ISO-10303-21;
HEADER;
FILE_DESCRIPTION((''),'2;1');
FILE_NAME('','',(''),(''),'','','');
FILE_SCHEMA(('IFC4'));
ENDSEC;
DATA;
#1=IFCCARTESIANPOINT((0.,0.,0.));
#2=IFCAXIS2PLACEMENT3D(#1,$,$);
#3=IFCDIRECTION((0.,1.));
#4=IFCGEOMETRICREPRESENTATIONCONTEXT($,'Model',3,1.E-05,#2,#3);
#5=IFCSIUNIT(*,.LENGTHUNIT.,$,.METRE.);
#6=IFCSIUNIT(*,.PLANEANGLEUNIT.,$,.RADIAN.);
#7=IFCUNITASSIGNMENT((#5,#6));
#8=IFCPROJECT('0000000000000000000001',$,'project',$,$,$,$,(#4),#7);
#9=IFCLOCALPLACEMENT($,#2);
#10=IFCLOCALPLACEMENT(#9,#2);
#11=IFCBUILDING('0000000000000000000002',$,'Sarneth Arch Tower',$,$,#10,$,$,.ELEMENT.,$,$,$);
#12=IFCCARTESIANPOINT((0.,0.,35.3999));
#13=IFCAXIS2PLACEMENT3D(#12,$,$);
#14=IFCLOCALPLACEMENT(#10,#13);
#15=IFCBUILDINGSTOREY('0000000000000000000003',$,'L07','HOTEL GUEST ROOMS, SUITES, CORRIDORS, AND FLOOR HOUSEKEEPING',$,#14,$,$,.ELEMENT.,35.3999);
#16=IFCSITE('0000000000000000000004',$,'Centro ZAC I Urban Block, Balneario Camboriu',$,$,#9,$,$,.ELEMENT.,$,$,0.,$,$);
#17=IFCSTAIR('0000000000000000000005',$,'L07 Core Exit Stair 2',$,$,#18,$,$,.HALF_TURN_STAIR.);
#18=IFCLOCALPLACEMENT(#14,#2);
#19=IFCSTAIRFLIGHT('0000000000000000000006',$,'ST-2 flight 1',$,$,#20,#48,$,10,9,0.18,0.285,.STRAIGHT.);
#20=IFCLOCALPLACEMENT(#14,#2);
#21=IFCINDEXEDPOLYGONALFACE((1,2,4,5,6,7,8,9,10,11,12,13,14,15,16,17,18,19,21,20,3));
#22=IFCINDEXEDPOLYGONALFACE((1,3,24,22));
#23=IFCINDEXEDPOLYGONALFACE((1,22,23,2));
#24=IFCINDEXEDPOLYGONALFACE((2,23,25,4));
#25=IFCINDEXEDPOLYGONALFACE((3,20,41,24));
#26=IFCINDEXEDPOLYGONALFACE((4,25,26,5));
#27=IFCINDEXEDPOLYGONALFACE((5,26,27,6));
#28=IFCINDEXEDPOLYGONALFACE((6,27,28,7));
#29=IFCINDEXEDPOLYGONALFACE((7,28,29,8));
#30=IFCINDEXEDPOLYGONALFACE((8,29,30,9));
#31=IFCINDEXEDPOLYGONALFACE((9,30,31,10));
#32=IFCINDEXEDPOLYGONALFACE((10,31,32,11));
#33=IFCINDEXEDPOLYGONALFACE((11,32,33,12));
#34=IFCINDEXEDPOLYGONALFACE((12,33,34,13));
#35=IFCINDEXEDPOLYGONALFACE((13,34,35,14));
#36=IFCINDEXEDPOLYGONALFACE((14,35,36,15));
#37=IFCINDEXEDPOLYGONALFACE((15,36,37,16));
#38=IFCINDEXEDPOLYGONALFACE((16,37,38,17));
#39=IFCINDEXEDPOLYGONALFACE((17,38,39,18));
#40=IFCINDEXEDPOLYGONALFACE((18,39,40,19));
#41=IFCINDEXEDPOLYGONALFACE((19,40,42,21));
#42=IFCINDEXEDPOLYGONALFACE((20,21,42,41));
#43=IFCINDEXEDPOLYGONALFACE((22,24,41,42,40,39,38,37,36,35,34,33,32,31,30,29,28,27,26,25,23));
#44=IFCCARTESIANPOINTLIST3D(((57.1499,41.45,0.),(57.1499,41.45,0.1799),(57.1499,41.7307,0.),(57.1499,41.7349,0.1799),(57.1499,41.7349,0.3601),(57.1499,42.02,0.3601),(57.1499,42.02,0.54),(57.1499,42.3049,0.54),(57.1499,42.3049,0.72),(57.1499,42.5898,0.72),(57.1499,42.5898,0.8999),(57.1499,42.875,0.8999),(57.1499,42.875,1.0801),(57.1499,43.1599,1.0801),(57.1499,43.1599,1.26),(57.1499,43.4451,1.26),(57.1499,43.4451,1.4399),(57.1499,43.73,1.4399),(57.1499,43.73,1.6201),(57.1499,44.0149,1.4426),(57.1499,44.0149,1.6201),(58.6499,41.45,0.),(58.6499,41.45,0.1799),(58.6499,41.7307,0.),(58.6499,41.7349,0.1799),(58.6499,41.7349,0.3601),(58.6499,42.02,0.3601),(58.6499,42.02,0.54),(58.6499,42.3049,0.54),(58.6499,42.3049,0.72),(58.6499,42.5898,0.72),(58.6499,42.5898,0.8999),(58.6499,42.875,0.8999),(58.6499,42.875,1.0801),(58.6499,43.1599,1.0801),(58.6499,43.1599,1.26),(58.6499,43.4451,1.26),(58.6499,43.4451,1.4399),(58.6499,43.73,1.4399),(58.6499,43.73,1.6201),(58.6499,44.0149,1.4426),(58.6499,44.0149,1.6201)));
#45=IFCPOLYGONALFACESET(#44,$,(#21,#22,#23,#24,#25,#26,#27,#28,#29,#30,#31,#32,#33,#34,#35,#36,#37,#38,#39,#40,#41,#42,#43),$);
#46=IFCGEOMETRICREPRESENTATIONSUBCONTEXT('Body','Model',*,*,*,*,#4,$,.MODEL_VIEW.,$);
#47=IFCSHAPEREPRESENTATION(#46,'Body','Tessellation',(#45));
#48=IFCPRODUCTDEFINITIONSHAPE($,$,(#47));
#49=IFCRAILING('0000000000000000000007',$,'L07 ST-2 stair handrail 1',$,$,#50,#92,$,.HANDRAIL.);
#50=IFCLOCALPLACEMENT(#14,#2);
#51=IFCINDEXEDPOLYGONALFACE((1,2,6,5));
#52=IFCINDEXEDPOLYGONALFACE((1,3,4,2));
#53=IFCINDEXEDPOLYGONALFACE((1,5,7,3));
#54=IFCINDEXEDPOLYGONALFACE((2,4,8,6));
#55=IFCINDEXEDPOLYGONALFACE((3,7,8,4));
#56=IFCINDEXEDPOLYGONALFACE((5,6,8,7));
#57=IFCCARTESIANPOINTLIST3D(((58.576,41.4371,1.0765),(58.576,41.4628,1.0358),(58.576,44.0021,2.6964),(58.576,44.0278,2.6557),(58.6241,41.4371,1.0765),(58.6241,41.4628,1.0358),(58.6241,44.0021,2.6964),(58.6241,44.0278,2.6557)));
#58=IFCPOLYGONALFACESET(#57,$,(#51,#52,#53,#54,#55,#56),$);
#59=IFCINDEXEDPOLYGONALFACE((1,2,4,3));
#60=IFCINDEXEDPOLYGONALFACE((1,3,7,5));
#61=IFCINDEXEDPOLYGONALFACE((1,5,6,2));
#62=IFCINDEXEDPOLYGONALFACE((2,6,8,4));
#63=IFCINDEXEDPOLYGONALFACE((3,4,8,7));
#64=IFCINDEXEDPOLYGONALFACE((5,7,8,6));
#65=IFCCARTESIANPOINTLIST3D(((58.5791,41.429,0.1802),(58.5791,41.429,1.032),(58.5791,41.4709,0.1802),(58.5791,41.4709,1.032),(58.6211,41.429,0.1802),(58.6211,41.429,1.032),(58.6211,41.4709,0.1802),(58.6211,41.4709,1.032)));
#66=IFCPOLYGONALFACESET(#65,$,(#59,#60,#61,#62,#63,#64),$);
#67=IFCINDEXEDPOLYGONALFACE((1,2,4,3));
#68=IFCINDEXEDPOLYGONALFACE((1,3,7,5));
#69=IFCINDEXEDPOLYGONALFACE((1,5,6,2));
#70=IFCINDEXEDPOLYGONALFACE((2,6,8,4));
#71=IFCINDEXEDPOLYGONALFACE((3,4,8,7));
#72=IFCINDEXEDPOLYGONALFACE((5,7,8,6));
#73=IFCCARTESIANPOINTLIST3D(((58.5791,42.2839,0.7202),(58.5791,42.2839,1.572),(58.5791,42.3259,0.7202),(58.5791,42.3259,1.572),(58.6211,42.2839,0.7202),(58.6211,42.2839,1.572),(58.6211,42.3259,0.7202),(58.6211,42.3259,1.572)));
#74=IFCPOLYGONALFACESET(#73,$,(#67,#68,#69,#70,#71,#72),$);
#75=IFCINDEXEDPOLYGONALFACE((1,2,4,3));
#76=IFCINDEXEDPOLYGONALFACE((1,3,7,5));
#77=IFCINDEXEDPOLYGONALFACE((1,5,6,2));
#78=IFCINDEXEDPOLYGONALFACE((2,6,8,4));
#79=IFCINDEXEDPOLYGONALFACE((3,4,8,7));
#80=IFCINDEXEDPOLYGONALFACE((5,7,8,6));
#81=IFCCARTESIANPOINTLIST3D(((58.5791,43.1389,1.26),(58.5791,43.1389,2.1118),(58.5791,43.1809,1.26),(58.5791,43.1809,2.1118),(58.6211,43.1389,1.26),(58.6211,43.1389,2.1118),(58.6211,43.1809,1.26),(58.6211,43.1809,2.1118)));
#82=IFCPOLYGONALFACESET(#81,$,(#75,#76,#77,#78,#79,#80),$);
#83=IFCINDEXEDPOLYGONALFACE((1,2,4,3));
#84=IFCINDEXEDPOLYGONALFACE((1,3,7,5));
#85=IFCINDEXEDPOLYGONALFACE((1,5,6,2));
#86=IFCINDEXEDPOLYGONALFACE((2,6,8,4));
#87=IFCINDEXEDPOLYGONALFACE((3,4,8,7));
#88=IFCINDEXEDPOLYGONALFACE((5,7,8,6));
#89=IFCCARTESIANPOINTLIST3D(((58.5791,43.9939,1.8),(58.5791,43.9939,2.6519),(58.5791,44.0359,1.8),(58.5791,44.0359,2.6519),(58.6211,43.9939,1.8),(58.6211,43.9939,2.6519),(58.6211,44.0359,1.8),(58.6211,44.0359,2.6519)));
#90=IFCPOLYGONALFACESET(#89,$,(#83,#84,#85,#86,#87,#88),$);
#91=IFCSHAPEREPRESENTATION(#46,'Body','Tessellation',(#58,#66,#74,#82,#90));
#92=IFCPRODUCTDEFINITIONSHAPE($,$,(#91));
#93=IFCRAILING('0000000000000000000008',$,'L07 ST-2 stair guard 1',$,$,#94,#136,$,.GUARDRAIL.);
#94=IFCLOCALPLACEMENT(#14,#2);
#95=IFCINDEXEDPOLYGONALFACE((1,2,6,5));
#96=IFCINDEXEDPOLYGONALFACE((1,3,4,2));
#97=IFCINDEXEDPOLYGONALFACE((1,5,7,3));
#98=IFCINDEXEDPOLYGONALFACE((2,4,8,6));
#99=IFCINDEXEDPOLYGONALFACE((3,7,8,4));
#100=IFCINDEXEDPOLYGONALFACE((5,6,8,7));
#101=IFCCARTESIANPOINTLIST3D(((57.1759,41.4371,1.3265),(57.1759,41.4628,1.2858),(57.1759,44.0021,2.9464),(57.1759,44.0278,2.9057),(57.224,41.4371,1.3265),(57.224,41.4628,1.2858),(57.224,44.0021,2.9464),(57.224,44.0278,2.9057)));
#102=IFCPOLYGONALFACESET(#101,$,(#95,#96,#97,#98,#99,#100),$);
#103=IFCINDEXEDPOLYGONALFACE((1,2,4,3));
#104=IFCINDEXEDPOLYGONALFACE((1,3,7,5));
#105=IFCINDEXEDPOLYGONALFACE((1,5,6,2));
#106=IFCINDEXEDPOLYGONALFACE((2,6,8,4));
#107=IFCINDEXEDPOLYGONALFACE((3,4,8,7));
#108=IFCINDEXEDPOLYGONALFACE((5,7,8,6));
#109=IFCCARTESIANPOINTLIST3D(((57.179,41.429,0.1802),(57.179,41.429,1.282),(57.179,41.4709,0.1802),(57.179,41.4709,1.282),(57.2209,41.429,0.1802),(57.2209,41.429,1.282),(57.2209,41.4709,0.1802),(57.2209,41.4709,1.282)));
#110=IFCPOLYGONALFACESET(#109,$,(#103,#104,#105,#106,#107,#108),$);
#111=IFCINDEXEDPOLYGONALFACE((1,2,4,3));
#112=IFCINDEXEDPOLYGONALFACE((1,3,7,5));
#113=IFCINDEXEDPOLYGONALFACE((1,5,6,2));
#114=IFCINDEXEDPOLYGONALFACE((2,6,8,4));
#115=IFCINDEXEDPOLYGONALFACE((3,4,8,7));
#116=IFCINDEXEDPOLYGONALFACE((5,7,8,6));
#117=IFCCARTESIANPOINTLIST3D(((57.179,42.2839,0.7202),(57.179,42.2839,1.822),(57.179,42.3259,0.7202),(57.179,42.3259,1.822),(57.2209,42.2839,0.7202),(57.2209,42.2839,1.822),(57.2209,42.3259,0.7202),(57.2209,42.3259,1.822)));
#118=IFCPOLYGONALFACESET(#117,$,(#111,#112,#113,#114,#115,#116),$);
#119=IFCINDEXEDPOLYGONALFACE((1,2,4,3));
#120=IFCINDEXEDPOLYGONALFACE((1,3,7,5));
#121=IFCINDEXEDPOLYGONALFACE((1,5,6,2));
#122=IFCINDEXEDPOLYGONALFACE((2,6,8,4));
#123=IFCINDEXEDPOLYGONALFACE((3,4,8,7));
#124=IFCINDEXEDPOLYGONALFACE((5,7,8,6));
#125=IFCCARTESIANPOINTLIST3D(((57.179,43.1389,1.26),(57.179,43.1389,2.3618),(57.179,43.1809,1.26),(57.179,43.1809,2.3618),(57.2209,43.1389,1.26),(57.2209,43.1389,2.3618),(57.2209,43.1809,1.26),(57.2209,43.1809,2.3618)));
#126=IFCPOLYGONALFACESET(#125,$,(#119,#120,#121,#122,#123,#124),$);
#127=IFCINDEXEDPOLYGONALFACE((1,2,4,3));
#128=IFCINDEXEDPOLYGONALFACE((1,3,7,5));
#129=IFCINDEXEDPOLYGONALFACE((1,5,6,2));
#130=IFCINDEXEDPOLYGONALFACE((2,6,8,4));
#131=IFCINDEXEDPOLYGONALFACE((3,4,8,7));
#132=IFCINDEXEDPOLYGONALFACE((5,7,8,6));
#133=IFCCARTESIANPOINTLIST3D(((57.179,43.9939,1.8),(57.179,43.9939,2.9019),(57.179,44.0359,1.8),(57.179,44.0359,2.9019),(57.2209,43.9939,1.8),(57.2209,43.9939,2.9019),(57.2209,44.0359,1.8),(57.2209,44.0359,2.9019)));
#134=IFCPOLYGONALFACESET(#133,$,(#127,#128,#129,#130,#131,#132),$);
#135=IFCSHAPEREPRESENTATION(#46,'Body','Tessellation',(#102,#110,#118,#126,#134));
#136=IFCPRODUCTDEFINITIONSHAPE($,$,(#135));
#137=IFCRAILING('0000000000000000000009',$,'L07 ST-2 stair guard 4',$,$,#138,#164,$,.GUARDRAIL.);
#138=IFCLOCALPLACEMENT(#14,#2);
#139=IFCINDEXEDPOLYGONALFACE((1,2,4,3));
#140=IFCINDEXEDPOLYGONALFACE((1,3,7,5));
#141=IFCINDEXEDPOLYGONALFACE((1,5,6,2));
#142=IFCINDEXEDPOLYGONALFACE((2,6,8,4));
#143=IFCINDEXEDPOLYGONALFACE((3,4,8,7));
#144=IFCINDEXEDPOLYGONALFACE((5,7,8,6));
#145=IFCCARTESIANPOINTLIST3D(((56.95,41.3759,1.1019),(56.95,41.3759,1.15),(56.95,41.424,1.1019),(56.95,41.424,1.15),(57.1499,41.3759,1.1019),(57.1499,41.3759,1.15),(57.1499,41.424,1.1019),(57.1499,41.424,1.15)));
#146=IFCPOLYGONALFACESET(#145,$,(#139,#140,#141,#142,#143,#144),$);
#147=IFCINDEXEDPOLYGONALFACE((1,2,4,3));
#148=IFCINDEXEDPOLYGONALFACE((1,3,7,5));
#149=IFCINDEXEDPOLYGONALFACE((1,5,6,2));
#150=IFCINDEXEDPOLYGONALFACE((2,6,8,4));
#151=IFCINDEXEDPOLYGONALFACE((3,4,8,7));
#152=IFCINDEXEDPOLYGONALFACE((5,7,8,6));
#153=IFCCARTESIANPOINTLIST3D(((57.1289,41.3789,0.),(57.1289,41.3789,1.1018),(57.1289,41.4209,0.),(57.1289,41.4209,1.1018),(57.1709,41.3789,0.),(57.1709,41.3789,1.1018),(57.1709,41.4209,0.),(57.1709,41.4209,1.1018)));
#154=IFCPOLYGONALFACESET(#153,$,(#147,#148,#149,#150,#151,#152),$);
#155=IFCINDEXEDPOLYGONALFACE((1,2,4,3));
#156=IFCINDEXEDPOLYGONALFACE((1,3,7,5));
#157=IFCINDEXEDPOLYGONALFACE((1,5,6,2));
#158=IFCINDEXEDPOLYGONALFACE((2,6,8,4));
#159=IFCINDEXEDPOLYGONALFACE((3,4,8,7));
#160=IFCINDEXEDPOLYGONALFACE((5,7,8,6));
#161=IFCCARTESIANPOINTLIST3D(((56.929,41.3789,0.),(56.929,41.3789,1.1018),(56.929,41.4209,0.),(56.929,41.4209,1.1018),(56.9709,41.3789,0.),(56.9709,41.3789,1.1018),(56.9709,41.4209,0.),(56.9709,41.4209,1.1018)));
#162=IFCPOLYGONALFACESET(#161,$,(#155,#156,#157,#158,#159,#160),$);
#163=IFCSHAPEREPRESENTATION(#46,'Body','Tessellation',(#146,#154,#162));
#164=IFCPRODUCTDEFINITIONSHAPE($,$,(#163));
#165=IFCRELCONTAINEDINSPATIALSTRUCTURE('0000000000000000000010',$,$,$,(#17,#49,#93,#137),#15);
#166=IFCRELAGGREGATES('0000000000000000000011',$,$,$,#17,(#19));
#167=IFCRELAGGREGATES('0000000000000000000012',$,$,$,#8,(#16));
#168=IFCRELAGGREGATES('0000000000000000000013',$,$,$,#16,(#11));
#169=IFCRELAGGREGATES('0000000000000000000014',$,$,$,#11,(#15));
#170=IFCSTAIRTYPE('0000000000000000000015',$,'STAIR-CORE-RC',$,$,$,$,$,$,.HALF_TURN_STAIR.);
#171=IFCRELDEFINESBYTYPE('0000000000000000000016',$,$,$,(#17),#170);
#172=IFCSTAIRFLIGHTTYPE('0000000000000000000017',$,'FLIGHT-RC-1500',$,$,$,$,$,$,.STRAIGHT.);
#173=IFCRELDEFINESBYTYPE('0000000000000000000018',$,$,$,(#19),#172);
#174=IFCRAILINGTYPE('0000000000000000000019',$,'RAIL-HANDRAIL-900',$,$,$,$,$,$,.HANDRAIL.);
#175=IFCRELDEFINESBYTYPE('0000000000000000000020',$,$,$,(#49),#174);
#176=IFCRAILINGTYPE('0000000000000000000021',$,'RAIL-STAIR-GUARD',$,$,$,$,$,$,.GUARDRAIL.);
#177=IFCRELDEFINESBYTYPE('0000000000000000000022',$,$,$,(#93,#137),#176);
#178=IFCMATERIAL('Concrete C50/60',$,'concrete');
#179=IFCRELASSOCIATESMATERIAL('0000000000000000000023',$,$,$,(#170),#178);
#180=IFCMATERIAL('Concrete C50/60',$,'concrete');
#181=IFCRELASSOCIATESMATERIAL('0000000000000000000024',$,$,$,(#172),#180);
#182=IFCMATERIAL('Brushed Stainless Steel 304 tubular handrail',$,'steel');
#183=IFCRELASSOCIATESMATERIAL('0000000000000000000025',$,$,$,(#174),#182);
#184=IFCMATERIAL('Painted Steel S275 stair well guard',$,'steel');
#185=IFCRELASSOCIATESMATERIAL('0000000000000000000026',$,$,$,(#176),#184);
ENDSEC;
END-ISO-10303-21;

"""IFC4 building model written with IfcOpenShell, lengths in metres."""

from ifc_helpers import new_model, si_unit, direction, frame, origin, origin_2d, place, context, subcontext, project, spatial, polyline, rectangle, outline, extrude, material, type_object, element, aggregate, save


model = new_model("IFC4")

# Units and contexts
model_context = context("Model", 3, precision=1e-05, world=origin(), true_north=direction((0.0, 1.0)))
body_context = subcontext(model_context, "Body", "Model", "MODEL_VIEW")
ifc_project = project(units=[si_unit("LENGTHUNIT", "METRE"), si_unit("PLANEANGLEUNIT", "RADIAN")], contexts=[model_context])

# Site, building, storey
site_placement = place(None, origin())
site = spatial("IfcSite", under=ifc_project, at=site_placement, Name="Centro ZAC I Urban Block, Balneario Camboriu", CompositionType="ELEMENT", RefElevation=0.0)
building_placement = place(site_placement, origin())
building = spatial("IfcBuilding", under=site, at=building_placement, Name="Sarneth Arch Tower", CompositionType="ELEMENT")
storey_placement = place(building_placement, frame((0.0, 0.0, 35.3999)))
storey = spatial("IfcBuildingStorey", under=building, at=storey_placement, Name="L07", Description="HOTEL GUEST ROOMS, SUITES, CORRIDORS, AND FLOOR HOUSEKEEPING", CompositionType="ELEMENT", Elevation=35.3999)

# Stair, stair flight
ifc_material_1 = material(Name="Concrete C50/60", Category="concrete")
stair_type = type_object("IfcStairType", Name="STAIR-CORE-RC", PredefinedType="HALF_TURN_STAIR", material=ifc_material_1)
stair_placement = place(storey_placement, origin())
stair = element("IfcStair", 1, at=stair_placement, inside=storey, type_object=stair_type, Name="L07 Core Exit Stair 2", PredefinedType="HALF_TURN_STAIR")
ifc_material_2 = material(Name="Concrete C50/60", Category="concrete")
stair_flight_type = type_object("IfcStairFlightType", Name="FLIGHT-RC-1500", PredefinedType="STRAIGHT", material=ifc_material_2)
stair_flight_placement = place(storey_placement, frame((57.8999, 41.45, 0.0), z_axis=(0.0, 0.0, 1.0), x_axis=(0.0, 1.0, 0.0)))
stair_flight = element("IfcStairFlight", 2, at=stair_flight_placement, type_object=stair_flight_type, Name="ST-2 flight 1", NumberOfRisers=10, NumberOfTreads=9, PredefinedType="STRAIGHT", RiserHeight=0.18, TreadLength=0.285, context=body_context, shape_type="SweptSolid", body=[
    extrude(outline(polyline([(0.0, 0.0), (0.0, 0.1799), (0.2849, 0.1799), (0.2849, 0.3601), (0.5701, 0.3601), (0.5701, 0.54), (0.855, 0.54), (0.855, 0.72), (1.1399, 0.72), (1.1399, 0.8999), (1.425, 0.8999), (1.425, 1.0801), (1.71, 1.0801), (1.71, 1.26), (1.9951, 1.26), (1.9951, 1.4399), (2.28, 1.4399), (2.28, 1.6201), (2.5649, 1.6201), (2.5649, 1.8), (2.5649, 1.4426), (0.2808, 0.0), (0.0, 0.0)])), frame((0.0, 0.75, 0.0), z_axis=(0.0, -1.0, 0.0), x_axis=(1.0, 0.0, 0.0)), (0.0, 0.0, 1.0), 1.5),
])
aggregate(stair, [stair_flight])

# Railings
ifc_material_3 = material(Name="Brushed Stainless Steel 304 tubular handrail", Category="steel")
railing_type_1 = type_object("IfcRailingType", Name="RAIL-HANDRAIL-900", PredefinedType="HANDRAIL", material=ifc_material_3)
railing_1_placement = place(storey_placement, frame((58.6001, 41.45, 0.1802)))
element("IfcRailing", 3, at=railing_1_placement, inside=storey, type_object=railing_type_1, Name="L07 ST-2 stair handrail 1", PredefinedType="HANDRAIL", context=body_context, shape_type="SweptSolid", body=[
    extrude(rectangle(XDim=0.0481, YDim=0.0481, at=origin_2d()), frame((0.0, 0.0, 0.876), z_axis=(0.0, 0.845502, 0.533972), x_axis=(-1.0, 0.0, 0.0)), (0.0, 0.0, 1.0), 3.0337),
    extrude(rectangle(XDim=0.042, YDim=0.042, at=origin_2d()), origin(), (0.0, 0.0, 1.0), 0.8518),
    extrude(rectangle(XDim=0.042, YDim=0.042, at=origin_2d()), frame((0.0, 0.855, 0.54)), (0.0, 0.0, 1.0), 0.8518),
    extrude(rectangle(XDim=0.042, YDim=0.042, at=origin_2d()), frame((0.0, 1.71, 1.0798)), (0.0, 0.0, 1.0), 0.8518),
    extrude(rectangle(XDim=0.042, YDim=0.042, at=origin_2d()), frame((0.0, 2.5649, 1.6199)), (0.0, 0.0, 1.0), 0.8518),
])
ifc_material_4 = material(Name="Painted Steel S275 stair well guard", Category="steel")
railing_type_2 = type_object("IfcRailingType", Name="RAIL-STAIR-GUARD", PredefinedType="GUARDRAIL", material=ifc_material_4)
railing_2_placement = place(storey_placement, frame((57.2, 41.45, 0.1802)))
element("IfcRailing", 4, at=railing_2_placement, inside=storey, type_object=railing_type_2, Name="L07 ST-2 stair guard 1", PredefinedType="GUARDRAIL", context=body_context, shape_type="SweptSolid", body=[
    extrude(rectangle(XDim=0.0481, YDim=0.0481, at=origin_2d()), frame((0.0, 0.0, 1.126), z_axis=(0.0, 0.845502, 0.533972), x_axis=(-1.0, 0.0, 0.0)), (0.0, 0.0, 1.0), 3.0337),
    extrude(rectangle(XDim=0.042, YDim=0.042, at=origin_2d()), origin(), (0.0, 0.0, 1.0), 1.1018),
    extrude(rectangle(XDim=0.042, YDim=0.042, at=origin_2d()), frame((0.0, 0.855, 0.54)), (0.0, 0.0, 1.0), 1.1018),
    extrude(rectangle(XDim=0.042, YDim=0.042, at=origin_2d()), frame((0.0, 1.71, 1.0798)), (0.0, 0.0, 1.0), 1.1018),
    extrude(rectangle(XDim=0.042, YDim=0.042, at=origin_2d()), frame((0.0, 2.5649, 1.6199)), (0.0, 0.0, 1.0), 1.1018),
])
railing_3_placement = place(storey_placement, frame((57.1499, 41.3999, 0.0)))
element("IfcRailing", 5, at=railing_3_placement, inside=storey, type_object=railing_type_2, Name="L07 ST-2 stair guard 4", PredefinedType="GUARDRAIL", context=body_context, shape_type="SweptSolid", body=[
    extrude(rectangle(XDim=0.0481, YDim=0.0481, at=origin_2d()), frame((0.0, 0.0, 1.126), z_axis=(-1.0, 0.0, 0.0), x_axis=(0.0, -1.0, 0.0)), (0.0, 0.0, 1.0), 0.2),
    extrude(rectangle(XDim=0.042, YDim=0.042, at=origin_2d()), origin(), (0.0, 0.0, 1.0), 1.1018),
    extrude(rectangle(XDim=0.042, YDim=0.042, at=origin_2d()), frame((-0.2, 0.0, 0.0)), (0.0, 0.0, 1.0), 1.1018),
])

save(model, "model.ifc")
